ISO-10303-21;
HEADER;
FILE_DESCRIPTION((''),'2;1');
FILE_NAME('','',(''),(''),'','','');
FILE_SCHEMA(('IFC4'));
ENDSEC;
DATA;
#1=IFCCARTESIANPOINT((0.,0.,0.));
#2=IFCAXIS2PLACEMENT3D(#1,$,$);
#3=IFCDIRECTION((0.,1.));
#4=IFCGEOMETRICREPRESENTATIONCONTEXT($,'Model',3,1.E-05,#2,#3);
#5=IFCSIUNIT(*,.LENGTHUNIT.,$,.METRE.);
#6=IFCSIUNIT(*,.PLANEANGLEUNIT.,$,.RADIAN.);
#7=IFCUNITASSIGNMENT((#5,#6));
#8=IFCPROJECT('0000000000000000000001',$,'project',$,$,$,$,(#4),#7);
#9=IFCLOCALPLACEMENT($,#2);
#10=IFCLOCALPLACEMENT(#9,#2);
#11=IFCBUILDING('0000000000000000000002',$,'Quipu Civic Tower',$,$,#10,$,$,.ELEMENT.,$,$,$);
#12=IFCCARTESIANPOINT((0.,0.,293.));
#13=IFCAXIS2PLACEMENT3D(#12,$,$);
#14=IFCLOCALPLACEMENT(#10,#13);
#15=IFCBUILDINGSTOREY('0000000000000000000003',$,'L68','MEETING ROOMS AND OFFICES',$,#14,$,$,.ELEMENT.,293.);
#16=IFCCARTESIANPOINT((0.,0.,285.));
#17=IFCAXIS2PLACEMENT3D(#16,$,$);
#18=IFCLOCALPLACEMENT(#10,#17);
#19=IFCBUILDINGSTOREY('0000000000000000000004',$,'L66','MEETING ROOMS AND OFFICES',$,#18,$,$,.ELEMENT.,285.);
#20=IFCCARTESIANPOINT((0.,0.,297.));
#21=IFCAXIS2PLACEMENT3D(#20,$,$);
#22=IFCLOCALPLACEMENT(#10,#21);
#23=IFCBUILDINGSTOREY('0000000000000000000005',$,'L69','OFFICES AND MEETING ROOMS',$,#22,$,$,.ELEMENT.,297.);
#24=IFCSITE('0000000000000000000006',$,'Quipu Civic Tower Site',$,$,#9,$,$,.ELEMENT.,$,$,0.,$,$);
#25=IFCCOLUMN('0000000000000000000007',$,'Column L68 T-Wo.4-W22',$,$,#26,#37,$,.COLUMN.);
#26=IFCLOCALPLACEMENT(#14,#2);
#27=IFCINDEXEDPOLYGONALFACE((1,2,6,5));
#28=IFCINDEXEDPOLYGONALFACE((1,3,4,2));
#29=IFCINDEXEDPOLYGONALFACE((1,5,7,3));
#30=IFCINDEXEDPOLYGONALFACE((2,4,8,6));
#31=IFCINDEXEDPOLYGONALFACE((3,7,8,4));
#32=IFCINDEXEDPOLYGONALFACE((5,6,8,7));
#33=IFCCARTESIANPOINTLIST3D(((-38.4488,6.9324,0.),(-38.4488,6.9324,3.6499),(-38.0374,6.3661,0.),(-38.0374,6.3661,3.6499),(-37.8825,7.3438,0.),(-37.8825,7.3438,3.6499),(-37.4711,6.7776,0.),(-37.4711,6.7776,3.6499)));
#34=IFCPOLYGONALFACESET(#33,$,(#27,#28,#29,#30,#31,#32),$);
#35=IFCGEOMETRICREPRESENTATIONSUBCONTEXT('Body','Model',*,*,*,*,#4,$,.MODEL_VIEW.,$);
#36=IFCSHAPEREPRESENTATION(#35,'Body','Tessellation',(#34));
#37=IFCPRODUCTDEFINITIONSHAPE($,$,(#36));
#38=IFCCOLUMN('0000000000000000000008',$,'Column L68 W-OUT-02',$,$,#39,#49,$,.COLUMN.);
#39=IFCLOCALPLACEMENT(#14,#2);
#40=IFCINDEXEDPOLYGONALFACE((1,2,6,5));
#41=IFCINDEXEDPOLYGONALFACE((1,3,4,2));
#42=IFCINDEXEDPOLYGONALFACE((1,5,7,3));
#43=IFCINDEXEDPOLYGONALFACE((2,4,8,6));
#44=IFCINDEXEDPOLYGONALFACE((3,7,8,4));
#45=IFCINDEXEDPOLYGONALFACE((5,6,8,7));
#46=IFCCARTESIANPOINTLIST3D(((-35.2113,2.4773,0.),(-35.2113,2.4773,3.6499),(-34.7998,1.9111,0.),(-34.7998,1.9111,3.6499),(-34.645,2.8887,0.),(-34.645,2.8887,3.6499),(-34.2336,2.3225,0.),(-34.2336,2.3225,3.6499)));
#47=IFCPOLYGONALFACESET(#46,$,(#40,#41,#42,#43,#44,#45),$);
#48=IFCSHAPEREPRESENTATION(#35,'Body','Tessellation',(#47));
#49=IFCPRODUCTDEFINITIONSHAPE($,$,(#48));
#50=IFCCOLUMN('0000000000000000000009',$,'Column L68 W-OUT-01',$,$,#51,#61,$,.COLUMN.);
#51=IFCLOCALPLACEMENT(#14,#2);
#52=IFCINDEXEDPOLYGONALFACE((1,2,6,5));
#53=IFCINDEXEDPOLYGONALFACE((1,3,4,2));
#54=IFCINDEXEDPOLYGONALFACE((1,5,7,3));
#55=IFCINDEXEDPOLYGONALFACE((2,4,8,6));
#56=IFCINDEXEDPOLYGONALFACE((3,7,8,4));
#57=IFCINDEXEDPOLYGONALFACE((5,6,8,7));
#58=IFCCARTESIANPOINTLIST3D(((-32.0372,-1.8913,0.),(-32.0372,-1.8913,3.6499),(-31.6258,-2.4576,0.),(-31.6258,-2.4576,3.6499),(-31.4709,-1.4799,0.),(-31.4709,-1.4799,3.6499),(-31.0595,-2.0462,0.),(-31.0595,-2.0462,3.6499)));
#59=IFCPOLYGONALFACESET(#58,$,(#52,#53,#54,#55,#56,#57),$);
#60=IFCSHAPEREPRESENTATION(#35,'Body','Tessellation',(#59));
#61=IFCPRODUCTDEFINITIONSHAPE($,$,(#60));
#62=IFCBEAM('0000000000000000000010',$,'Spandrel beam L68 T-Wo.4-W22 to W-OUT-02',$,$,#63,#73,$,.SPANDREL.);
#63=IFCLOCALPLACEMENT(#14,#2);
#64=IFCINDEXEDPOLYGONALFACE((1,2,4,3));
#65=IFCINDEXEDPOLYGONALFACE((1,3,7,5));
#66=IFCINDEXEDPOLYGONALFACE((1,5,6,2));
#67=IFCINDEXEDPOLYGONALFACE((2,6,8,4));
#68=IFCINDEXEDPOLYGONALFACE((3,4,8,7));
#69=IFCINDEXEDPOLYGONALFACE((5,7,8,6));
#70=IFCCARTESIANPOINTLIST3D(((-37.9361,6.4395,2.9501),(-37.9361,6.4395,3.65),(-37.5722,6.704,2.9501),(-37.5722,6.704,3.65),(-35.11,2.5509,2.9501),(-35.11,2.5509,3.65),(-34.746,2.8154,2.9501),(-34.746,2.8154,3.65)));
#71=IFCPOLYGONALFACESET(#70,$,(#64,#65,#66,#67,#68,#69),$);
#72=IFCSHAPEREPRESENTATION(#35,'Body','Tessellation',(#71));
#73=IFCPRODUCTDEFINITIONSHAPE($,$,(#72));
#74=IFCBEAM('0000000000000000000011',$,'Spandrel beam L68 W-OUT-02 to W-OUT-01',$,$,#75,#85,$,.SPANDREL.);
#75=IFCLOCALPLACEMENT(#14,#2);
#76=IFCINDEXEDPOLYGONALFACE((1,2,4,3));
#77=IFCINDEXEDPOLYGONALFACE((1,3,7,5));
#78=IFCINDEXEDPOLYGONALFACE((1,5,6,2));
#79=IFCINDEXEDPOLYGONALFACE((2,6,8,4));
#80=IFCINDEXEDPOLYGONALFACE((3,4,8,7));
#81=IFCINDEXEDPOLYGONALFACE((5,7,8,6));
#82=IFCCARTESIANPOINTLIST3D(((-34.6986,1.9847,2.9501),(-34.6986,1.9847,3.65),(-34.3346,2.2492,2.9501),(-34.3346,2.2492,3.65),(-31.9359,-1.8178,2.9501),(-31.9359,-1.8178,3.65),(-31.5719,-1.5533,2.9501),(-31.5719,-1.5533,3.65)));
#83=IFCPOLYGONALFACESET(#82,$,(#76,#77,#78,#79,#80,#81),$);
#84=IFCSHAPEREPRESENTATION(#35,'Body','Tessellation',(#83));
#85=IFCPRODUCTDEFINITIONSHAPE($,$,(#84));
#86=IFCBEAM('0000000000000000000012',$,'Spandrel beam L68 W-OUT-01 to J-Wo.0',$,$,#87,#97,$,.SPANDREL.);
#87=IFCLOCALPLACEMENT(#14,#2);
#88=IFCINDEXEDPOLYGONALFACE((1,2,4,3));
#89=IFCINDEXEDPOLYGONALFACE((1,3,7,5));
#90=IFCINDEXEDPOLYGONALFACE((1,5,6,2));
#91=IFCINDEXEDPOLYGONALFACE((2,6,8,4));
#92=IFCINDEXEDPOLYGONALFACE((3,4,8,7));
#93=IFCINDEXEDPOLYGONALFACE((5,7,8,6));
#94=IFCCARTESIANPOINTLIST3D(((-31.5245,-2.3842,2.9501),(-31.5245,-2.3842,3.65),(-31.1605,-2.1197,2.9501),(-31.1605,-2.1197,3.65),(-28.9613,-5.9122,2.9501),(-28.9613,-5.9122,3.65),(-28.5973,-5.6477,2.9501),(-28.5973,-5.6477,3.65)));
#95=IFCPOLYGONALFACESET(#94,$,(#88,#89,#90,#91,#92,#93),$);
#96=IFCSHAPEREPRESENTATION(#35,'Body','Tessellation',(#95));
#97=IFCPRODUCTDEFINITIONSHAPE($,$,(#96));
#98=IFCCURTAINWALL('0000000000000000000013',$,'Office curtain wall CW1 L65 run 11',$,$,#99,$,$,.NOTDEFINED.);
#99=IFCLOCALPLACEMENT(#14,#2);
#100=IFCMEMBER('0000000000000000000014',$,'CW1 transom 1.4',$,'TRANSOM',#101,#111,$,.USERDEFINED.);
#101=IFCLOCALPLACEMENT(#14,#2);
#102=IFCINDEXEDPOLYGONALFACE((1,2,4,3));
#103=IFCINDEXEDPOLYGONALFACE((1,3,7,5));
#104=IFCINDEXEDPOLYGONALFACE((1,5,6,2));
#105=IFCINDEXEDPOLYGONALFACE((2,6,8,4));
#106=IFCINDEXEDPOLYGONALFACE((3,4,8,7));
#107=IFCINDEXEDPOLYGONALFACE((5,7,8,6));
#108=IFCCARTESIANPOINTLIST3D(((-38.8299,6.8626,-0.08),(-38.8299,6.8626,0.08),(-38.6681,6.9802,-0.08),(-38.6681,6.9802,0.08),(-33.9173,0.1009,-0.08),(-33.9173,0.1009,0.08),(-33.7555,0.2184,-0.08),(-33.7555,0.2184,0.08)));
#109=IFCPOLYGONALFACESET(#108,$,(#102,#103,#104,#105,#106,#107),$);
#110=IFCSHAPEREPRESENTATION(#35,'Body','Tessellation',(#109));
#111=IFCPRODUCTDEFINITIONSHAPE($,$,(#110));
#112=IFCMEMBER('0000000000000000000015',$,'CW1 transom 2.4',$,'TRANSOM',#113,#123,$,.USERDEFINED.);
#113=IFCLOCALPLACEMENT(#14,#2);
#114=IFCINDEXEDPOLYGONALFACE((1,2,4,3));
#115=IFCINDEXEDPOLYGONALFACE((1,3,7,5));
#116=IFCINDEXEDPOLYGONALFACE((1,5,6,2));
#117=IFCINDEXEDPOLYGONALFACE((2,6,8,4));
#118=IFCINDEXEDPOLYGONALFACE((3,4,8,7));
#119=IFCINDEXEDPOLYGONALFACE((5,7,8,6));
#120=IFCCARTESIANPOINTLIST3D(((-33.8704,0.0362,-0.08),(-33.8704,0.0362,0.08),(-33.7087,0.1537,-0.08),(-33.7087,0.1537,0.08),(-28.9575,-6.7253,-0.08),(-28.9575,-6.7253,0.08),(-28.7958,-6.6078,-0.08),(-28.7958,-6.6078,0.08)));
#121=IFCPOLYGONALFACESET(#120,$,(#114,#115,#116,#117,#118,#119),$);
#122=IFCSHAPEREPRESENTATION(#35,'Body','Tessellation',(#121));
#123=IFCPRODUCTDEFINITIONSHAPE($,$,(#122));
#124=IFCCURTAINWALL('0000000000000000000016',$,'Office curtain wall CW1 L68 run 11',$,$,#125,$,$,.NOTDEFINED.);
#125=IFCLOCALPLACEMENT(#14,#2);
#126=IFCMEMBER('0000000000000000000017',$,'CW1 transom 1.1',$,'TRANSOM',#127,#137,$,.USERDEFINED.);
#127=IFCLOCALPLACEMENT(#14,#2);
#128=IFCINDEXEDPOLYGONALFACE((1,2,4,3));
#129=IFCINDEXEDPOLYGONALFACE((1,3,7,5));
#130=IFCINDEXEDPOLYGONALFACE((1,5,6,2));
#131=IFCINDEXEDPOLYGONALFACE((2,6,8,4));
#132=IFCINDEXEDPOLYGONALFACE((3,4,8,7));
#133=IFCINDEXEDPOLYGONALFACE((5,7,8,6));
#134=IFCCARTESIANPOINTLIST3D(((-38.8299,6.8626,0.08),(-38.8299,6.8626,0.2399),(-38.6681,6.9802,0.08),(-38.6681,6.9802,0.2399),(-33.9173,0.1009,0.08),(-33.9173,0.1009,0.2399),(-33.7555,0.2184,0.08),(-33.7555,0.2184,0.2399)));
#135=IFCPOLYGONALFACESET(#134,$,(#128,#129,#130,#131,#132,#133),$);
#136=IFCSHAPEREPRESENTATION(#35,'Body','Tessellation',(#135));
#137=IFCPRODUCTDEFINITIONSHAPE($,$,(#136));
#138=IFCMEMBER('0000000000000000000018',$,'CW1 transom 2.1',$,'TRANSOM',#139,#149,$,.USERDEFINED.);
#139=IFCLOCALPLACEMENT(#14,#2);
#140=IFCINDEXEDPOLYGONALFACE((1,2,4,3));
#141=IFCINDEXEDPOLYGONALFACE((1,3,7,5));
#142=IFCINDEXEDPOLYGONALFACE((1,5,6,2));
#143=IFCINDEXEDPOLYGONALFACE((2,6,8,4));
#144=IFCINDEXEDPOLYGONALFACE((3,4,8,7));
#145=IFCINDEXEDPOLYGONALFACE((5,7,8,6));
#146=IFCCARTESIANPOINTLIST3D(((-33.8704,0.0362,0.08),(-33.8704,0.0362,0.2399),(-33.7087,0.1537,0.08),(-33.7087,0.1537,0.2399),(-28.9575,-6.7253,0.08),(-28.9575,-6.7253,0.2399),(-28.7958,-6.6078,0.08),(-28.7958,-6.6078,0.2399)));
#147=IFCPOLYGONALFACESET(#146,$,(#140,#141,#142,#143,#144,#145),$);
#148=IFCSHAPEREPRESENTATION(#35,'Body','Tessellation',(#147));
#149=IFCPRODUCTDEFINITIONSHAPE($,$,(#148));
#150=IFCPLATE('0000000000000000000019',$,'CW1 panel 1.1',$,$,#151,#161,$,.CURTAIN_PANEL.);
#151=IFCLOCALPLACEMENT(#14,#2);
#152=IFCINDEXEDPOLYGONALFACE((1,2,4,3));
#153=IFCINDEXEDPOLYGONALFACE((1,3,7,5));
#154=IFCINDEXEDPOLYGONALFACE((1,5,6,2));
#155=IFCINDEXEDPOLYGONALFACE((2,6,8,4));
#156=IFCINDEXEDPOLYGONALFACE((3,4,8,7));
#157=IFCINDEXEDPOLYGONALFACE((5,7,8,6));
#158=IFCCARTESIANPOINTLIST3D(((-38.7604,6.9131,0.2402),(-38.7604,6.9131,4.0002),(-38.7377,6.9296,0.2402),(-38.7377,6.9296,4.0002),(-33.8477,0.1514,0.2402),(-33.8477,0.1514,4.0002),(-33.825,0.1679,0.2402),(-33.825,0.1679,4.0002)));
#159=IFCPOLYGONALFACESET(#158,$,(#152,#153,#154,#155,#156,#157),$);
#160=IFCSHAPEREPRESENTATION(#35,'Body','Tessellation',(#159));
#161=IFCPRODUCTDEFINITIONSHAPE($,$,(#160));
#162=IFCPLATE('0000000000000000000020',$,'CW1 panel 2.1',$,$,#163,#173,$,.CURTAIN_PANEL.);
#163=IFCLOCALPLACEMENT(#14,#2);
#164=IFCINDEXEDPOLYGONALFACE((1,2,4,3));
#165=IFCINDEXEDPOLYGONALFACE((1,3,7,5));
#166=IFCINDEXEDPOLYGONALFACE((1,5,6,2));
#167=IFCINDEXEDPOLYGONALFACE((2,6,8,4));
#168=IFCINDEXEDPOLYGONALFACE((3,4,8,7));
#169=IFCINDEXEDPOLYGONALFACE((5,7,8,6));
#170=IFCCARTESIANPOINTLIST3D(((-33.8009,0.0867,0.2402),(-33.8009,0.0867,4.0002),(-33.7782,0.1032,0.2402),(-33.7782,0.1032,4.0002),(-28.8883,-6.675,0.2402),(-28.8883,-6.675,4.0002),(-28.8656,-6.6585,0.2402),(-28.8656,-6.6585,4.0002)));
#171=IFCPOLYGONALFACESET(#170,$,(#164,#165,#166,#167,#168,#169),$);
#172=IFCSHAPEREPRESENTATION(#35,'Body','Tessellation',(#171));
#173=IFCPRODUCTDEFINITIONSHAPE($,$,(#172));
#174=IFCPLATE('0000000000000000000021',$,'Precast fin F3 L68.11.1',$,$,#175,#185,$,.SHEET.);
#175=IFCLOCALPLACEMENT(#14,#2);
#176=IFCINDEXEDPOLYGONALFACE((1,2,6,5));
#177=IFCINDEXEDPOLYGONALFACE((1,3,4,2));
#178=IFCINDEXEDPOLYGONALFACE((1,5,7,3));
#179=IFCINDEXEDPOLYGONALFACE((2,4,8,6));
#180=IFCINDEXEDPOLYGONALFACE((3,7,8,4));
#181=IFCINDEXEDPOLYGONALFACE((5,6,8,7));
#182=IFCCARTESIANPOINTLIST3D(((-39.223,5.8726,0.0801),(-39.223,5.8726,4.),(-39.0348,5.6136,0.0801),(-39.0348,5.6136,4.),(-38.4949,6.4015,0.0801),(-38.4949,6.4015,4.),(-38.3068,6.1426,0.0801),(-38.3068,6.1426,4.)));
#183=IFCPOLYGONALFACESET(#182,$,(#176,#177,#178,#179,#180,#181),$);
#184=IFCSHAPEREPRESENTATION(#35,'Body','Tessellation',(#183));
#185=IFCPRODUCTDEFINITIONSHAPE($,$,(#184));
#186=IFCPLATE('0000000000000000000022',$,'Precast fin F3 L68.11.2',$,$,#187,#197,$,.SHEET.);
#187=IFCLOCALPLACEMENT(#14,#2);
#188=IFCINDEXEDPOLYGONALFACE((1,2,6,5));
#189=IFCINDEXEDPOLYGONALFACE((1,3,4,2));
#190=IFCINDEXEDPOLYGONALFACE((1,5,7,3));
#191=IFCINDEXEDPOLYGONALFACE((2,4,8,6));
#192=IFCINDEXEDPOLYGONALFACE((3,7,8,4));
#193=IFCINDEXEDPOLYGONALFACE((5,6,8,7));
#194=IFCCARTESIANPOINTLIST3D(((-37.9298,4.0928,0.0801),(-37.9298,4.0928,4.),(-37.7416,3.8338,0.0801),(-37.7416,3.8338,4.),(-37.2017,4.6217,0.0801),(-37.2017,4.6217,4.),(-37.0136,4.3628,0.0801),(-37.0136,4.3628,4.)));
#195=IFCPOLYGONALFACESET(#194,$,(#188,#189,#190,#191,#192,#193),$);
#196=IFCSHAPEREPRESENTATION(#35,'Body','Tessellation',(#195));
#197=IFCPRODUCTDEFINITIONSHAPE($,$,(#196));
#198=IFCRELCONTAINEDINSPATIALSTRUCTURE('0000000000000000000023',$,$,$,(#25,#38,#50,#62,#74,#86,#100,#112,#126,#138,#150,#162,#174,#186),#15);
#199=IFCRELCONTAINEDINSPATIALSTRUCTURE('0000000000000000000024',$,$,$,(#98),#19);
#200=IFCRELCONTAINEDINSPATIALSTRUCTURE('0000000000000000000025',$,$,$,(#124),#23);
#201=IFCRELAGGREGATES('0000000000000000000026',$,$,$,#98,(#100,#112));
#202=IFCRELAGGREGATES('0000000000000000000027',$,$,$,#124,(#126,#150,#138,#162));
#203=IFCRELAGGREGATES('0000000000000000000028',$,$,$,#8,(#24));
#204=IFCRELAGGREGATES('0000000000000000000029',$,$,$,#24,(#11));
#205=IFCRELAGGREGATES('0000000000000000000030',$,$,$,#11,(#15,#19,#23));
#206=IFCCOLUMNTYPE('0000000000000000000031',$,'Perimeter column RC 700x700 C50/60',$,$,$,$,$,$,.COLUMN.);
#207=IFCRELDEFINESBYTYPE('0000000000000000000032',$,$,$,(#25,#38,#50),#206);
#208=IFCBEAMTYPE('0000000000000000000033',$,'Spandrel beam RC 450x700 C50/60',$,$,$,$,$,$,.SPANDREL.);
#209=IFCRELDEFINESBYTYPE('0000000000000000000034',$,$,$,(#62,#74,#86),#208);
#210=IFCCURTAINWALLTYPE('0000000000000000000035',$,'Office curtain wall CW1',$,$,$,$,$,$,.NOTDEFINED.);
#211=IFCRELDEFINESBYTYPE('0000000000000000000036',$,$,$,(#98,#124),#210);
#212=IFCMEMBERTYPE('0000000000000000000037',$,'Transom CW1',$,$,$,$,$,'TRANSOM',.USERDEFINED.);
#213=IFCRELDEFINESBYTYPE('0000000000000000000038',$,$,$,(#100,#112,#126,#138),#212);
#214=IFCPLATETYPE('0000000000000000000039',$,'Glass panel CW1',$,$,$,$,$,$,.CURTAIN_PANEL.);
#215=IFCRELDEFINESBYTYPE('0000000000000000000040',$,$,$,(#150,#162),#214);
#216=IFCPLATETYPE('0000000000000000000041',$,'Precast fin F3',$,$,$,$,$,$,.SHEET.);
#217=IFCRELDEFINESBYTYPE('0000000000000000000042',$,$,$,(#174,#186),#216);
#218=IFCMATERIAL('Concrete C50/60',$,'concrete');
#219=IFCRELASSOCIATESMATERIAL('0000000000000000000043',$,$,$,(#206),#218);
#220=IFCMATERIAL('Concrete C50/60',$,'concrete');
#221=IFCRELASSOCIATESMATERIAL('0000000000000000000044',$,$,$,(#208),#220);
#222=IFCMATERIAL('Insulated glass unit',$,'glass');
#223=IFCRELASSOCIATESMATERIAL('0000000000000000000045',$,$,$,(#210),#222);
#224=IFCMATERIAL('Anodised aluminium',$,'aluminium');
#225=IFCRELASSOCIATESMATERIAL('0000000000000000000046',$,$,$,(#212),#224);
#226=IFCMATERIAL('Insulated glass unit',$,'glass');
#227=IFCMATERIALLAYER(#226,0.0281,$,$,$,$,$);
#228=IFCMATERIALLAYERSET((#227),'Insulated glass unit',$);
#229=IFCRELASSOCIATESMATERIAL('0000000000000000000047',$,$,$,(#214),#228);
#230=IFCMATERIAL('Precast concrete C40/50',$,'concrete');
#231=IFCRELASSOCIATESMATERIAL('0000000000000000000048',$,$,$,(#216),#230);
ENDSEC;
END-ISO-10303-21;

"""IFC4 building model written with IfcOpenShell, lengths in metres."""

from ifc_helpers import new_model, si_unit, direction, frame, origin, origin_2d, place, context, subcontext, project, spatial, rectangle, extrude, material, layer, layer_set, material_profile, profile_set, type_object, element, aggregate, save


model = new_model("IFC4")

# Units and contexts
model_context = context("Model", 3, precision=1e-05, world=origin(), true_north=direction((0.0, 1.0)))
body_context = subcontext(model_context, "Body", "Model", "MODEL_VIEW")
ifc_project = project(units=[si_unit("LENGTHUNIT", "METRE"), si_unit("PLANEANGLEUNIT", "RADIAN")], contexts=[model_context])

# Site, building, storey
site_placement = place(None, origin())
site = spatial("IfcSite", under=ifc_project, at=site_placement, Name="Quipu Civic Tower Site", CompositionType="ELEMENT", RefElevation=0.0)
building_placement = place(site_placement, origin())
building = spatial("IfcBuilding", under=site, at=building_placement, Name="Quipu Civic Tower", CompositionType="ELEMENT")
storey_1_placement = place(building_placement, frame((0.0, 0.0, 293.0)))
storey_1 = spatial("IfcBuildingStorey", under=building, at=storey_1_placement, Name="L68", Description="MEETING ROOMS AND OFFICES", CompositionType="ELEMENT", Elevation=293.0)

# Columns
ifc_material_1 = material(Name="Concrete C50/60", Category="concrete")
ifc_material_profile_1 = material_profile(ifc_material_1, rectangle(XDim=0.7, YDim=0.7, at=origin_2d()), Name="RC700x700")
ifc_profile_set_1 = profile_set([ifc_material_profile_1], Name="Concrete C50/60")
column_type = type_object("IfcColumnType", Name="Perimeter column RC 700x700 C50/60", PredefinedType="COLUMN", material=ifc_profile_set_1)
for number, where, z_axis, x_axis, name in (
    (1, (-37.96, 6.855, 0.0), (0.0, 0.0, 1.0), (0.587785, -0.809017, 0.0), "Column L68 T-Wo.4-W22"),
    (2, (-34.7224, 2.3999, 0.0), (0.0, 0.0, 1.0), (0.587785, -0.809017, 0.0), "Column L68 W-OUT-02"),
    (3, (-31.5483, -1.9688, 0.0), (0.0, 0.0, 1.0), (0.587785, -0.809017, 0.0), "Column L68 W-OUT-01"),
):
    element("IfcColumn", number, at=place(storey_1_placement, frame(where, z_axis=z_axis, x_axis=x_axis)), inside=storey_1, type_object=column_type, Name=name, PredefinedType="COLUMN", context=body_context, shape_type="SweptSolid", body=[
        extrude(rectangle(XDim=0.7, YDim=0.7, at=origin_2d()), origin(), (0.0, 0.0, 1.0), 3.6499),
    ])

# Beams
ifc_material_2 = material(Name="Concrete C50/60", Category="concrete")
ifc_material_profile_2 = material_profile(ifc_material_2, rectangle(XDim=0.45, YDim=0.7, at=origin_2d()), Name="RC450x700")
ifc_profile_set_2 = profile_set([ifc_material_profile_2], Name="Concrete C50/60")
beam_type = type_object("IfcBeamType", Name="Spandrel beam RC 450x700 C50/60", PredefinedType="SPANDREL", material=ifc_profile_set_2)
beam_1_placement = place(storey_1_placement, frame((-37.7542, 6.5718, 3.3), z_axis=(0.587906, -0.808929, 0.0), x_axis=(0.808929, 0.587906, 0.0)))
element("IfcBeam", 4, at=beam_1_placement, inside=storey_1, type_object=beam_type, Name="Spandrel beam L68 T-Wo.4-W22 to W-OUT-02", PredefinedType="SPANDREL", context=body_context, shape_type="SweptSolid", body=[
    extrude(rectangle(XDim=0.45, YDim=0.7, at=origin_2d()), origin(), (0.0, 0.0, 1.0), 4.8071),
])
beam_2_placement = place(storey_1_placement, frame((-34.5166, 2.1169, 3.3), z_axis=(0.587789, -0.809015, 0.0), x_axis=(0.809015, 0.587789, 0.0)))
element("IfcBeam", 5, at=beam_2_placement, inside=storey_1, type_object=beam_type, Name="Spandrel beam L68 W-OUT-02 to W-OUT-01", PredefinedType="SPANDREL", context=body_context, shape_type="SweptSolid", body=[
    extrude(rectangle(XDim=0.45, YDim=0.7, at=origin_2d()), origin(), (0.0, 0.0, 1.0), 4.7002),
])
beam_3_placement = place(storey_1_placement, frame((-31.3425, -2.252, 3.3), z_axis=(0.587776, -0.809024, 0.0), x_axis=(0.809024, 0.587776, 0.0)))
element("IfcBeam", 6, at=beam_3_placement, inside=storey_1, type_object=beam_type, Name="Spandrel beam L68 W-OUT-01 to J-Wo.0", PredefinedType="SPANDREL", context=body_context, shape_type="SweptSolid", body=[
    extrude(rectangle(XDim=0.45, YDim=0.7, at=origin_2d()), origin(), (0.0, 0.0, 1.0), 4.3608),
])

# Shared definitions
storey_2_placement = place(building_placement, frame((0.0, 0.0, 285.0)))
storey_2 = spatial("IfcBuildingStorey", under=building, at=storey_2_placement, Name="L66", Description="MEETING ROOMS AND OFFICES", CompositionType="ELEMENT", Elevation=285.0)

# Curtain wall, members
ifc_material_3 = material(Name="Insulated glass unit", Category="glass")
curtain_wall_type = type_object("IfcCurtainWallType", Name="Office curtain wall CW1", PredefinedType="NOTDEFINED", material=ifc_material_3)
curtain_wall_1_placement = place(storey_2_placement, origin())
curtain_wall_1 = element("IfcCurtainWall", 7, at=curtain_wall_1_placement, inside=storey_2, type_object=curtain_wall_type, Name="Office curtain wall CW1 L65 run 11", PredefinedType="NOTDEFINED")
ifc_material_4 = material(Name="Anodised aluminium", Category="aluminium")
ifc_material_profile_3 = material_profile(ifc_material_4, rectangle(XDim=0.2, YDim=0.1599, at=origin_2d()), Name="RECT 200x160")
ifc_profile_set_3 = profile_set([ifc_material_profile_3], Name="Anodised aluminium")
member_type = type_object("IfcMemberType", Name="Transom CW1", ElementType="TRANSOM", PredefinedType="USERDEFINED", material=ifc_profile_set_3)
member_1_placement = place(storey_1_placement, frame((-38.749, 6.9214, 0.0), z_axis=(0.587779, -0.809021, 0.0), x_axis=(0.809021, 0.587779, 0.0)))
member_1 = element("IfcMember", 8, at=member_1_placement, inside=storey_1, type_object=member_type, Name="CW1 transom 1.4", ObjectType="TRANSOM", PredefinedType="USERDEFINED", context=body_context, shape_type="SweptSolid", body=[
    extrude(rectangle(XDim=0.2, YDim=0.1599, at=origin_2d()), origin(), (0.0, 0.0, 1.0), 8.3579),
])
member_2_placement = place(storey_1_placement, frame((-33.7896, 0.095, 0.0), z_axis=(0.587812, -0.808997, 0.0), x_axis=(0.808997, 0.587812, 0.0)))
member_2 = element("IfcMember", 9, at=member_2_placement, inside=storey_1, type_object=member_type, Name="CW1 transom 2.4", ObjectType="TRANSOM", PredefinedType="USERDEFINED", context=body_context, shape_type="SweptSolid", body=[
    extrude(rectangle(XDim=0.2, YDim=0.1599, at=origin_2d()), origin(), (0.0, 0.0, 1.0), 8.3579),
])
aggregate(curtain_wall_1, [member_1, member_2])

# Shared definitions
storey_3_placement = place(building_placement, frame((0.0, 0.0, 297.0)))
storey_3 = spatial("IfcBuildingStorey", under=building, at=storey_3_placement, Name="L69", Description="OFFICES AND MEETING ROOMS", CompositionType="ELEMENT", Elevation=297.0)

# Curtain wall, members, plates
curtain_wall_2_placement = place(storey_3_placement, origin())
curtain_wall_2 = element("IfcCurtainWall", 10, at=curtain_wall_2_placement, inside=storey_3, type_object=curtain_wall_type, Name="Office curtain wall CW1 L68 run 11", PredefinedType="NOTDEFINED")
member_3_placement = place(storey_1_placement, frame((-38.749, 6.9214, 0.1599), z_axis=(0.587779, -0.809021, 0.0), x_axis=(0.809021, 0.587779, 0.0)))
member_3 = element("IfcMember", 11, at=member_3_placement, inside=storey_1, type_object=member_type, Name="CW1 transom 1.1", ObjectType="TRANSOM", PredefinedType="USERDEFINED", context=body_context, shape_type="SweptSolid", body=[
    extrude(rectangle(XDim=0.2, YDim=0.1599, at=origin_2d()), origin(), (0.0, 0.0, 1.0), 8.3579),
])
member_4_placement = place(storey_1_placement, frame((-33.7896, 0.095, 0.1599), z_axis=(0.587812, -0.808997, 0.0), x_axis=(0.808997, 0.587812, 0.0)))
member_4 = element("IfcMember", 12, at=member_4_placement, inside=storey_1, type_object=member_type, Name="CW1 transom 2.1", ObjectType="TRANSOM", PredefinedType="USERDEFINED", context=body_context, shape_type="SweptSolid", body=[
    extrude(rectangle(XDim=0.2, YDim=0.1599, at=origin_2d()), origin(), (0.0, 0.0, 1.0), 8.3579),
])
ifc_material_5 = material(Name="Insulated glass unit", Category="glass")
ifc_layer_1 = layer(ifc_material_5, 0.0281)
ifc_layer_set_1 = layer_set([ifc_layer_1], Name="Insulated glass unit")
plate_type_1 = type_object("IfcPlateType", Name="Glass panel CW1", PredefinedType="CURTAIN_PANEL", material=ifc_layer_set_1)
plate_1_placement = place(storey_1_placement, frame((-36.2927, 3.5405, 0.2402), z_axis=(0.0, 0.0, 1.0), x_axis=(0.587786, -0.809016, 0.0)))
plate_1 = element("IfcPlate", 13, at=plate_1_placement, inside=storey_1, type_object=plate_type_1, Name="CW1 panel 1.1", PredefinedType="CURTAIN_PANEL", context=body_context, shape_type="SweptSolid", body=[
    extrude(rectangle(XDim=8.3579, YDim=0.0281, at=origin_2d()), origin(), (0.0, 0.0, 1.0), 3.76),
])
plate_2_placement = place(storey_1_placement, frame((-31.3333, -3.2859, 0.2402), z_axis=(0.0, 0.0, 1.0), x_axis=(0.587786, -0.809016, 0.0)))
plate_2 = element("IfcPlate", 14, at=plate_2_placement, inside=storey_1, type_object=plate_type_1, Name="CW1 panel 2.1", PredefinedType="CURTAIN_PANEL", context=body_context, shape_type="SweptSolid", body=[
    extrude(rectangle(XDim=8.3579, YDim=0.0281, at=origin_2d()), origin(), (0.0, 0.0, 1.0), 3.76),
])
aggregate(curtain_wall_2, [member_3, plate_1, member_4, plate_2])

# Plates
ifc_material_6 = material(Name="Precast concrete C40/50", Category="concrete")
plate_type_2 = type_object("IfcPlateType", Name="Precast fin F3", PredefinedType="SHEET", material=ifc_material_6)
for number, where, z_axis, x_axis, name in (
    (15, (-38.7649, 6.0076, 0.0801), (0.0, 0.0, 1.0), (0.587787, -0.809016, 0.0), "Precast fin F3 L68.11.1"),
    (16, (-37.4717, 4.2278, 0.0801), (0.0, 0.0, 1.0), (0.587787, -0.809016, 0.0), "Precast fin F3 L68.11.2"),
):
    element("IfcPlate", number, at=place(storey_1_placement, frame(where, z_axis=z_axis, x_axis=x_axis)), inside=storey_1, type_object=plate_type_2, Name=name, PredefinedType="SHEET", context=body_context, shape_type="SweptSolid", body=[
        extrude(rectangle(XDim=0.3201, YDim=0.8999, at=origin_2d()), origin(), (0.0, 0.0, 1.0), 3.9199),
    ])

save(model, "model.ifc")
